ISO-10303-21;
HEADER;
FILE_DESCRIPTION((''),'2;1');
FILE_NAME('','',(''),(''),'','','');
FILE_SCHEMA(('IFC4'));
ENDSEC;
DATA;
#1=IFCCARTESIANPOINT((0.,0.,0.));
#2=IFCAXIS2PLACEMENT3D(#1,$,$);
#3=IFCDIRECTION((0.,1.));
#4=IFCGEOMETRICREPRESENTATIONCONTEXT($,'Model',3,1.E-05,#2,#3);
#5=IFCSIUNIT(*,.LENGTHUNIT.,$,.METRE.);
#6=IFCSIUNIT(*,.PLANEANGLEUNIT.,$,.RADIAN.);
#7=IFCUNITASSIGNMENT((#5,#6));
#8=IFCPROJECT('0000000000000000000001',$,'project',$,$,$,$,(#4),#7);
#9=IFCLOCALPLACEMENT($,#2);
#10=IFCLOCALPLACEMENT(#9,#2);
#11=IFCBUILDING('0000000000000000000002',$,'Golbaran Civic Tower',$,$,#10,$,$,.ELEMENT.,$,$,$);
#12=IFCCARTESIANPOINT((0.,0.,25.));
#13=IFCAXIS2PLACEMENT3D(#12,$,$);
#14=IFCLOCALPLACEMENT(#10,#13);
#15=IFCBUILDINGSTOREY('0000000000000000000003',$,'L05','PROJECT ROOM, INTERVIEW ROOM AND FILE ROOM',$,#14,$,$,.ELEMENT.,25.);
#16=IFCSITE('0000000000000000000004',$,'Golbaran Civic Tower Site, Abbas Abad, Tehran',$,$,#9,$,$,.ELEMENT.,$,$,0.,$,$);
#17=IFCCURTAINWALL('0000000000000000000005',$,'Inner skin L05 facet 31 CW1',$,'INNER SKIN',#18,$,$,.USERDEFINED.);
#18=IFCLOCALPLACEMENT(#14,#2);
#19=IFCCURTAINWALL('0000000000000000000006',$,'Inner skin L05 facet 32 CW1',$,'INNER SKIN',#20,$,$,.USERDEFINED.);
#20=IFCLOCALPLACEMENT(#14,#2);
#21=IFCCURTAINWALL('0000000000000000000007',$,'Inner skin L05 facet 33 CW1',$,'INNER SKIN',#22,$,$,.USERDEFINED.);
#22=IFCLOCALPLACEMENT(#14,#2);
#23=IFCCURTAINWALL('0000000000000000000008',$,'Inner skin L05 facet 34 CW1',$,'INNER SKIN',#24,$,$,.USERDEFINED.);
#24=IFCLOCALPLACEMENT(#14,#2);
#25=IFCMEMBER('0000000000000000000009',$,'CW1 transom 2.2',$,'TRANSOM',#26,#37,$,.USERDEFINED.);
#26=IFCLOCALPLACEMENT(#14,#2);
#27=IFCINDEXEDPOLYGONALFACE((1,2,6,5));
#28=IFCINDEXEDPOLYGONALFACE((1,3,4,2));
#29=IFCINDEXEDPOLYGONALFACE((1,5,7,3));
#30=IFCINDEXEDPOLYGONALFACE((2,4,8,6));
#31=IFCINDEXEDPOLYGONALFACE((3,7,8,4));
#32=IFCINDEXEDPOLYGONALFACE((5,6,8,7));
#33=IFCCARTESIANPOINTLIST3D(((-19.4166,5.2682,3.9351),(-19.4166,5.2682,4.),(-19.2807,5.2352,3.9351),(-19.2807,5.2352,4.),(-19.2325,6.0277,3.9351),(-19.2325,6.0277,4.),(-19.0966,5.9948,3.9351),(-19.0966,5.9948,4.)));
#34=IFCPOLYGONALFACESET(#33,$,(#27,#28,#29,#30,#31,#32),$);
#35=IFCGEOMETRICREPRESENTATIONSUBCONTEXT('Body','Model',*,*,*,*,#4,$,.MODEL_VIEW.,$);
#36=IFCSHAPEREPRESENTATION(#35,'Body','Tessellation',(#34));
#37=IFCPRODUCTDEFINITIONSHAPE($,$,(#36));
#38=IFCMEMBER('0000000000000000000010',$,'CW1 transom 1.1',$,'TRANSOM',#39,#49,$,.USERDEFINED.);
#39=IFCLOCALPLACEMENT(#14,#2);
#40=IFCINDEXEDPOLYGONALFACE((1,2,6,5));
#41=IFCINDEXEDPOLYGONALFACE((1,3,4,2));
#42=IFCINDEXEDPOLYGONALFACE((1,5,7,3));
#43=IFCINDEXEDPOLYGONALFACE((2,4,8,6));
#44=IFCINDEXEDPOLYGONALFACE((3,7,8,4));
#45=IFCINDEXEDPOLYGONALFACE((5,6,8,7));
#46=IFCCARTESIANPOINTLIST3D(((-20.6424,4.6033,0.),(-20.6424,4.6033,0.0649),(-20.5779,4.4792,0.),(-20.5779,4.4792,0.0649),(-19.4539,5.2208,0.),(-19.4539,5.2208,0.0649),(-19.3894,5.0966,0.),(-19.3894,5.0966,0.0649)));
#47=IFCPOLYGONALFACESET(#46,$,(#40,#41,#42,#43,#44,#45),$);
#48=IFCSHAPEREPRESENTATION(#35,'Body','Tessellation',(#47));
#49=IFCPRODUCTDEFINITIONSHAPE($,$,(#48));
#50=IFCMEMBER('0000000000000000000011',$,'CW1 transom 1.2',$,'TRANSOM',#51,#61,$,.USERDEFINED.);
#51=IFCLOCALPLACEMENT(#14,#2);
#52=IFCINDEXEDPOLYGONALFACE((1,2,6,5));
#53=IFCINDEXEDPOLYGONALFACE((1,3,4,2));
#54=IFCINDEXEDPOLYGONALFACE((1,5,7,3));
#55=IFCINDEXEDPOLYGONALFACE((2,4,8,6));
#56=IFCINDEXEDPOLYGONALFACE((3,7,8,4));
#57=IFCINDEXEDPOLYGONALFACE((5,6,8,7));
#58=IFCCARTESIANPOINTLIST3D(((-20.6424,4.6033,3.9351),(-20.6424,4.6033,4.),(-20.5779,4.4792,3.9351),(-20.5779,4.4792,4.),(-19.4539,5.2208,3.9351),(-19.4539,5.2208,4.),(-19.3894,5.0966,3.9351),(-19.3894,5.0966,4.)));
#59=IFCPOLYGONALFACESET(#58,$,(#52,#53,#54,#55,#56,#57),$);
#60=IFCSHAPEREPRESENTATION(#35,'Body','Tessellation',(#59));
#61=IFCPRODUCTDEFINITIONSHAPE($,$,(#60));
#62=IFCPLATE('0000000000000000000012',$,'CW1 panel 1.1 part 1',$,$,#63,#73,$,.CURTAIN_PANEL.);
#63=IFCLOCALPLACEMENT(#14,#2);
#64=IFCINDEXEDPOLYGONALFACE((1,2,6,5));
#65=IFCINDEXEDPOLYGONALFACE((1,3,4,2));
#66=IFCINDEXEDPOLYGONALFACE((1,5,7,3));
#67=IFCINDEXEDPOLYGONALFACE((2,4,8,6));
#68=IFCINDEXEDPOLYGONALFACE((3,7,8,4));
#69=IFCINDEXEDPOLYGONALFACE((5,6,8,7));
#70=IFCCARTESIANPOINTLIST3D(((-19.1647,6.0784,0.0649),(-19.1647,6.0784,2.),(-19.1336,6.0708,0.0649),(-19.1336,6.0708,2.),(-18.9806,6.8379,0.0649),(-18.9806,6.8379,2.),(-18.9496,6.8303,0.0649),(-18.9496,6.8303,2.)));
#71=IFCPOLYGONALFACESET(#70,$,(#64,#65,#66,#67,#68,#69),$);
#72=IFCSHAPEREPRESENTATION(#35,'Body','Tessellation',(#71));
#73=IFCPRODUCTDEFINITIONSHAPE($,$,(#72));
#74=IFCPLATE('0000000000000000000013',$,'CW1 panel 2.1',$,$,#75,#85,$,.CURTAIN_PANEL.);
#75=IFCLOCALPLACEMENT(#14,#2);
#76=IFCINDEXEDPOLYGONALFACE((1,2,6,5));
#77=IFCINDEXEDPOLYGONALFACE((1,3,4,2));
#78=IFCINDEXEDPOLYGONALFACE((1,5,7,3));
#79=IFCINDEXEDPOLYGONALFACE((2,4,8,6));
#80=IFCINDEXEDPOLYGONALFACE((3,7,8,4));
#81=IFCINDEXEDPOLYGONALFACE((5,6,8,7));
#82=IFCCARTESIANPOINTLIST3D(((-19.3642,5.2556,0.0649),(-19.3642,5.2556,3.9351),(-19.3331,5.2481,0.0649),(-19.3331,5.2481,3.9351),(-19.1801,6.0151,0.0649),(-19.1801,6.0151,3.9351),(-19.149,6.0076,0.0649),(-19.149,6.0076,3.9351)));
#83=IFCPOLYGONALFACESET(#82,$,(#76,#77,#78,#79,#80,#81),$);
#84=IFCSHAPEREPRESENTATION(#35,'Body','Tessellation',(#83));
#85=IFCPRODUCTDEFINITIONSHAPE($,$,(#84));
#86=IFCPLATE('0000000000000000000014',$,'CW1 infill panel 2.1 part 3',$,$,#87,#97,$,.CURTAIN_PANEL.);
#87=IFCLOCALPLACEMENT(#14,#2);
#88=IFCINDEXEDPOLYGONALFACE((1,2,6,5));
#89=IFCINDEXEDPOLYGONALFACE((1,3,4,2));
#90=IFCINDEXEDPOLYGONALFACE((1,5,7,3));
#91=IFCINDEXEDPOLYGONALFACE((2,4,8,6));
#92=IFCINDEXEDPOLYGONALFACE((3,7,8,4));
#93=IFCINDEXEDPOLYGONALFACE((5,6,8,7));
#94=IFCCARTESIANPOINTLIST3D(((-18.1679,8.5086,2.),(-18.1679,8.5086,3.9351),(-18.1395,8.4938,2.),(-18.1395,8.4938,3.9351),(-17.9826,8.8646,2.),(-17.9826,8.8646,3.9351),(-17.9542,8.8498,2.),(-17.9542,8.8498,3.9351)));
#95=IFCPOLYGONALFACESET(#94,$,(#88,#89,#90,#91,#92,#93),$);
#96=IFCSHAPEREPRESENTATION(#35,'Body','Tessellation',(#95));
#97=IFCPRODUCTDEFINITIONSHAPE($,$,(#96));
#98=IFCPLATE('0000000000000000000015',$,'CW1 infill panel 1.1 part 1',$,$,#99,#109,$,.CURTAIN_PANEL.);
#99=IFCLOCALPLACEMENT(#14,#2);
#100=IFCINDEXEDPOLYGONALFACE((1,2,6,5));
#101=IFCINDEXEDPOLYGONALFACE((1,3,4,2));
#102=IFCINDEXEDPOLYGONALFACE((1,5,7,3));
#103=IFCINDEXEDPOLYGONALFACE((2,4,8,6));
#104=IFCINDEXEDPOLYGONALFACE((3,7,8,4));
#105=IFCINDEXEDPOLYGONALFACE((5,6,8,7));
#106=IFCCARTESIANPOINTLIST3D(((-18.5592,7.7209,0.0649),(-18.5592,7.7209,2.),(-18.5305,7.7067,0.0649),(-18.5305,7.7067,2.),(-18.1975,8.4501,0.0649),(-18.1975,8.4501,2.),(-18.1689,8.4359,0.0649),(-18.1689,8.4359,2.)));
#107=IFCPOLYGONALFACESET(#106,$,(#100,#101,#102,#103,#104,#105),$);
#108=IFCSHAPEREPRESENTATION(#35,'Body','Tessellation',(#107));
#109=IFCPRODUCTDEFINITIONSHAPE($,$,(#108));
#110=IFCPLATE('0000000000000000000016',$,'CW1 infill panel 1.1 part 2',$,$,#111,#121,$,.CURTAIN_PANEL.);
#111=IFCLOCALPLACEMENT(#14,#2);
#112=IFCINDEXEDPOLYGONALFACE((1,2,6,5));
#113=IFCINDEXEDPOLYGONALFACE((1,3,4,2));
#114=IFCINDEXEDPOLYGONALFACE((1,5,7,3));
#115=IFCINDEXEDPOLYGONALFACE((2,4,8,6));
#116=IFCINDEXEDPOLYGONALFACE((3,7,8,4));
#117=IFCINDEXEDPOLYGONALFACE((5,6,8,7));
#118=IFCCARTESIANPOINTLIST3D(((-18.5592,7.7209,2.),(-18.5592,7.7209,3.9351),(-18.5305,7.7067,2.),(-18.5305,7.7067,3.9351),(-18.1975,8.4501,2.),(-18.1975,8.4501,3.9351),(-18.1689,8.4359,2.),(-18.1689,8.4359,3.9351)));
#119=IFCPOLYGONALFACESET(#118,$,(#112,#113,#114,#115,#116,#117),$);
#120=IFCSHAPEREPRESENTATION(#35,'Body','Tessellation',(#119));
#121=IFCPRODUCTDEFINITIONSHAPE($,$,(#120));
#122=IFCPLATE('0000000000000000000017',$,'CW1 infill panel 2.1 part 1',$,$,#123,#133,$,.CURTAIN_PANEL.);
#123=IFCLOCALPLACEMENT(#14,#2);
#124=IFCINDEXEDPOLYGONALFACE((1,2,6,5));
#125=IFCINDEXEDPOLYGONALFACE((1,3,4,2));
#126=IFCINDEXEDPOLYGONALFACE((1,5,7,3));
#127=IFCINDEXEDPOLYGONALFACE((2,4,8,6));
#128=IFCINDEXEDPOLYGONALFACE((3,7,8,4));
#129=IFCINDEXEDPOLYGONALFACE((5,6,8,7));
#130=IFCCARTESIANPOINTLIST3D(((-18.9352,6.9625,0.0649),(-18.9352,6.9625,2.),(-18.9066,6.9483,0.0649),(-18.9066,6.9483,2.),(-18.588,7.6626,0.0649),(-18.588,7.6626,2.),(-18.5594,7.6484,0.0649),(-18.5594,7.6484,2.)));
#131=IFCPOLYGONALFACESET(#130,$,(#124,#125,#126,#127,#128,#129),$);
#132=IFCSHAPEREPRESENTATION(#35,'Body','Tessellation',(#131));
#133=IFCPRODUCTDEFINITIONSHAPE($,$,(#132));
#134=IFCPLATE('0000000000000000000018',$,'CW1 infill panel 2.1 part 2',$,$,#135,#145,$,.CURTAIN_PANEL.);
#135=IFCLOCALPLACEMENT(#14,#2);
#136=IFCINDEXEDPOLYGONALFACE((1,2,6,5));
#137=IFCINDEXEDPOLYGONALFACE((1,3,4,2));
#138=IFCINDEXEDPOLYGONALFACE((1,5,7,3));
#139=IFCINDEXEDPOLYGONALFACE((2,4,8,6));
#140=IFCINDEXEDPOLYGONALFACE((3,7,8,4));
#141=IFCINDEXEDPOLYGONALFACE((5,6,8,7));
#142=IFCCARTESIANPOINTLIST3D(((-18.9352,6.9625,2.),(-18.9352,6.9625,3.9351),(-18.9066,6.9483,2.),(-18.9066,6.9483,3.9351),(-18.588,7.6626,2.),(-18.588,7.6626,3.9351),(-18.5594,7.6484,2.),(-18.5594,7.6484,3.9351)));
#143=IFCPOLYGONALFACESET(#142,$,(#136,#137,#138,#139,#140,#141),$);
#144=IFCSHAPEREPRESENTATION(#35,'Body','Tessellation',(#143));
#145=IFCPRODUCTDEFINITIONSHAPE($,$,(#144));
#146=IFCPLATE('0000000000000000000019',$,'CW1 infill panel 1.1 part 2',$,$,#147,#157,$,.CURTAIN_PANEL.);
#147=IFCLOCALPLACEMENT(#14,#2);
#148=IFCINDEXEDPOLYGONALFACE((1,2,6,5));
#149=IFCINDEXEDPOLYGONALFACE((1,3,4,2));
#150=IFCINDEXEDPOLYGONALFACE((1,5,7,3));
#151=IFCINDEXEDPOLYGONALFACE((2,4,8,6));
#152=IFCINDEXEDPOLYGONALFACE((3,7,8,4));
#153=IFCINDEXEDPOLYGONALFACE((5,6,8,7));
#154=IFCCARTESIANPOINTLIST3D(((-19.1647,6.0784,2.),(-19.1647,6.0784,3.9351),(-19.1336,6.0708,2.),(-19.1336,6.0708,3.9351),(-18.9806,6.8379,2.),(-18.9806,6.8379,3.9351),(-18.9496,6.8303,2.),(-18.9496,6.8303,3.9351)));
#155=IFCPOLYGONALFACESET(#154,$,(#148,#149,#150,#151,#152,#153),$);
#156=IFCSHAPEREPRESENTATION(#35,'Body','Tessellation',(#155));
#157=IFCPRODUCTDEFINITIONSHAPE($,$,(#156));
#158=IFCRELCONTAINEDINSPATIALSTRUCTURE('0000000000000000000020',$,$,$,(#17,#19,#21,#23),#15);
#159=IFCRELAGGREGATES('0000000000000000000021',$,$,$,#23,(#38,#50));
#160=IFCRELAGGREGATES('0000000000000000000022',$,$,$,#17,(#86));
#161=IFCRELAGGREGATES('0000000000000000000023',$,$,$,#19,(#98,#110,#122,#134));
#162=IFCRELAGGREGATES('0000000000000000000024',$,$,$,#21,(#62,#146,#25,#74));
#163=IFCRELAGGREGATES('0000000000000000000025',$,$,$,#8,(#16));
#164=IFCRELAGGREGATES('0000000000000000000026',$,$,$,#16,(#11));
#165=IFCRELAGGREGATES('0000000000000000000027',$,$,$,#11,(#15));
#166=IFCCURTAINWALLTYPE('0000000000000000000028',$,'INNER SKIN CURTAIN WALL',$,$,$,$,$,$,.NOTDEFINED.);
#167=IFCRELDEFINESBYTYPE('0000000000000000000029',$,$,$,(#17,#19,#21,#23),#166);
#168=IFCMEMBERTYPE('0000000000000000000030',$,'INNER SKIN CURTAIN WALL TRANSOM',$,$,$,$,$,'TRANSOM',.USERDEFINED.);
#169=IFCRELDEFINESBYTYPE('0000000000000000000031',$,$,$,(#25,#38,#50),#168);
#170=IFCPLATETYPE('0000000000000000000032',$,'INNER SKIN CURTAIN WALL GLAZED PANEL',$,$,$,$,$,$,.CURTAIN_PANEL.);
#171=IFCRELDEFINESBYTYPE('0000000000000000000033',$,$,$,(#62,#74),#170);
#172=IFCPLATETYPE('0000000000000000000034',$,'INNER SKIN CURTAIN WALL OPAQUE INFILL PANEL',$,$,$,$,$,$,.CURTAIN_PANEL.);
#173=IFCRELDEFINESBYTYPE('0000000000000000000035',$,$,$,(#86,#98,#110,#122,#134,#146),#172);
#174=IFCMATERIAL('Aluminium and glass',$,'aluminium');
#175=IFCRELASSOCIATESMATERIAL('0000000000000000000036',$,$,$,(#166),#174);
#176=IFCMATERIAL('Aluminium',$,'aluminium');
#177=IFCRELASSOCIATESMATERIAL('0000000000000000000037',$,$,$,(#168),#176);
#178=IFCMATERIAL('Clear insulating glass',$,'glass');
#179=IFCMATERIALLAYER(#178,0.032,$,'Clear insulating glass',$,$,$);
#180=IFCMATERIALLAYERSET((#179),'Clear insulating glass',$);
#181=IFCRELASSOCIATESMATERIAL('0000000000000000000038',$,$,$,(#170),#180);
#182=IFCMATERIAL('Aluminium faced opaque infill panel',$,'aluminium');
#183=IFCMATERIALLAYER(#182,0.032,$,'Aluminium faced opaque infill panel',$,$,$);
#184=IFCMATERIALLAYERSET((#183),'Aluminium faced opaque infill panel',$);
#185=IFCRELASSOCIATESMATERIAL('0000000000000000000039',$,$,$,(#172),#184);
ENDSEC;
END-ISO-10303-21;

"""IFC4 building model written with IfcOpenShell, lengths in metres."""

from ifc_helpers import new_model, si_unit, direction, frame, origin, origin_2d, place, context, subcontext, project, spatial, rectangle, extrude, material, layer, layer_set, material_profile, profile_set, type_object, element, aggregate, save


model = new_model("IFC4")

# Units and contexts
model_context = context("Model", 3, precision=1e-05, world=origin(), true_north=direction((0.0, 1.0)))
body_context = subcontext(model_context, "Body", "Model", "MODEL_VIEW")
ifc_project = project(units=[si_unit("LENGTHUNIT", "METRE"), si_unit("PLANEANGLEUNIT", "RADIAN")], contexts=[model_context])

# Site, building, storey
site_placement = place(None, origin())
site = spatial("IfcSite", under=ifc_project, at=site_placement, Name="Golbaran Civic Tower Site, Abbas Abad, Tehran", CompositionType="ELEMENT", RefElevation=0.0)
building_placement = place(site_placement, origin())
building = spatial("IfcBuilding", under=site, at=building_placement, Name="Golbaran Civic Tower", CompositionType="ELEMENT")
storey_placement = place(building_placement, frame((0.0, 0.0, 25.0)))
storey = spatial("IfcBuildingStorey", under=building, at=storey_placement, Name="L05", Description="PROJECT ROOM, INTERVIEW ROOM AND FILE ROOM", CompositionType="ELEMENT", Elevation=25.0)

# Curtain wall
ifc_material_1 = material(Name="Aluminium and glass", Category="aluminium")
curtain_wall_type = type_object("IfcCurtainWallType", Name="INNER SKIN CURTAIN WALL", PredefinedType="NOTDEFINED", material=ifc_material_1)
curtain_wall_1_placement = place(storey_placement, origin())
curtain_wall_1 = element("IfcCurtainWall", 1, at=curtain_wall_1_placement, inside=storey, type_object=curtain_wall_type, Name="Inner skin L05 facet 31 CW1", ObjectType="INNER SKIN", PredefinedType="USERDEFINED")
ifc_material_2 = material(Name="Aluminium", Category="aluminium")

# Curtain walls
curtain_wall_2_placement = place(storey_placement, origin())
curtain_wall_2 = element("IfcCurtainWall", 2, at=curtain_wall_2_placement, inside=storey, type_object=curtain_wall_type, Name="Inner skin L05 facet 32 CW1", ObjectType="INNER SKIN", PredefinedType="USERDEFINED")
curtain_wall_3_placement = place(storey_placement, origin())
curtain_wall_3 = element("IfcCurtainWall", 3, at=curtain_wall_3_placement, inside=storey, type_object=curtain_wall_type, Name="Inner skin L05 facet 33 CW1", ObjectType="INNER SKIN", PredefinedType="USERDEFINED")

# Curtain wall
curtain_wall_4_placement = place(storey_placement, origin())
curtain_wall_4 = element("IfcCurtainWall", 4, at=curtain_wall_4_placement, inside=storey, type_object=curtain_wall_type, Name="Inner skin L05 facet 34 CW1", ObjectType="INNER SKIN", PredefinedType="USERDEFINED")

# Members
ifc_material_profile_1 = material_profile(ifc_material_2, rectangle(XDim=0.1399, YDim=0.0649, at=origin_2d()), Name="INNER SKIN CURTAIN WALL TRANSOM")
ifc_profile_set_1 = profile_set([ifc_material_profile_1], Name="Aluminium")
member_type_1 = type_object("IfcMemberType", Name="INNER SKIN CURTAIN WALL TRANSOM", ElementType="TRANSOM", PredefinedType="USERDEFINED", material=ifc_profile_set_1)
member_1_placement = place(storey_placement, frame((-19.1646, 6.0112, 3.9675), z_axis=(-0.235546, -0.971863, 0.0), x_axis=(0.971863, -0.235546, 0.0)))
member_1 = element("IfcMember", 5, at=member_1_placement, type_object=member_type_1, Name="CW1 transom 2.2", ObjectType="TRANSOM", PredefinedType="USERDEFINED", context=body_context, shape_type="SweptSolid", body=[
    extrude(rectangle(XDim=0.1399, YDim=0.0649, at=origin_2d()), origin(), (0.0, 0.0, 1.0), 0.7815),
])
member_2_placement = place(storey_placement, frame((-19.4216, 5.1587, 0.0325), z_axis=(-0.887393, -0.461014, 0.0), x_axis=(0.461014, -0.887393, 0.0)))
member_2 = element("IfcMember", 6, at=member_2_placement, type_object=member_type_1, Name="CW1 transom 1.1", ObjectType="TRANSOM", PredefinedType="USERDEFINED", context=body_context, shape_type="SweptSolid", body=[
    extrude(rectangle(XDim=0.1399, YDim=0.0649, at=origin_2d()), origin(), (0.0, 0.0, 1.0), 1.3394),
])
member_3_placement = place(storey_placement, frame((-19.4216, 5.1587, 3.9675), z_axis=(-0.887393, -0.461014, 0.0), x_axis=(0.461014, -0.887393, 0.0)))
member_3 = element("IfcMember", 7, at=member_3_placement, type_object=member_type_1, Name="CW1 transom 1.2", ObjectType="TRANSOM", PredefinedType="USERDEFINED", context=body_context, shape_type="SweptSolid", body=[
    extrude(rectangle(XDim=0.1399, YDim=0.0649, at=origin_2d()), origin(), (0.0, 0.0, 1.0), 1.3394),
])
aggregate(curtain_wall_4, [member_2, member_3])

# Plates
ifc_material_3 = material(Name="Clear insulating glass", Category="glass")
ifc_layer_1 = layer(ifc_material_3, 0.032, Name="Clear insulating glass")
ifc_layer_set_1 = layer_set([ifc_layer_1], Name="Clear insulating glass")
plate_type_1 = type_object("IfcPlateType", Name="INNER SKIN CURTAIN WALL GLAZED PANEL", PredefinedType="CURTAIN_PANEL", material=ifc_layer_set_1)
plate_1_placement = place(storey_placement, frame((-19.0571, 6.4543, 0.0649), z_axis=(0.0, 0.0, 1.0), x_axis=(-0.235525, -0.971868, 0.0)))
plate_1 = element("IfcPlate", 8, at=plate_1_placement, type_object=plate_type_1, Name="CW1 panel 1.1 part 1", PredefinedType="CURTAIN_PANEL", context=body_context, shape_type="SweptSolid", body=[
    extrude(rectangle(XDim=0.7815, YDim=0.032, at=origin_2d()), origin(), (0.0, 0.0, 1.0), 1.9351),
])
plate_2_placement = place(storey_placement, frame((-19.2566, 5.6316, 0.0649), z_axis=(0.0, 0.0, 1.0), x_axis=(-0.235525, -0.971868, 0.0)))
plate_2 = element("IfcPlate", 9, at=plate_2_placement, type_object=plate_type_1, Name="CW1 panel 2.1", PredefinedType="CURTAIN_PANEL", context=body_context, shape_type="SweptSolid", body=[
    extrude(rectangle(XDim=0.7815, YDim=0.032, at=origin_2d()), origin(), (0.0, 0.0, 1.0), 3.8701),
])
ifc_material_4 = material(Name="Aluminium faced opaque infill panel", Category="aluminium")
ifc_layer_2 = layer(ifc_material_4, 0.032, Name="Aluminium faced opaque infill panel")
ifc_layer_set_2 = layer_set([ifc_layer_2], Name="Aluminium faced opaque infill panel")
plate_type_2 = type_object("IfcPlateType", Name="INNER SKIN CURTAIN WALL OPAQUE INFILL PANEL", PredefinedType="CURTAIN_PANEL", material=ifc_layer_set_2)
plate_3_placement = place(storey_placement, frame((-18.061, 8.6792, 2.0), z_axis=(0.0, 0.0, 1.0), x_axis=(-0.461749, -0.887011, 0.0)))
plate_3 = element("IfcPlate", 10, at=plate_3_placement, type_object=plate_type_2, Name="CW1 infill panel 2.1 part 3", PredefinedType="CURTAIN_PANEL", context=body_context, shape_type="SweptSolid", body=[
    extrude(rectangle(XDim=0.4014, YDim=0.032, at=origin_2d()), origin(), (0.0, 0.0, 1.0), 1.9351),
])
aggregate(curtain_wall_1, [plate_3])
plate_4_placement = place(storey_placement, frame((-18.364, 8.0784, 0.0649), z_axis=(0.0, 0.0, 1.0), x_axis=(-0.444283, -0.895887, 0.0)))
plate_4 = element("IfcPlate", 11, at=plate_4_placement, type_object=plate_type_2, Name="CW1 infill panel 1.1 part 1", PredefinedType="CURTAIN_PANEL", context=body_context, shape_type="SweptSolid", body=[
    extrude(rectangle(XDim=0.814, YDim=0.032, at=origin_2d()), origin(), (0.0, 0.0, 1.0), 1.9351),
])
plate_5_placement = place(storey_placement, frame((-18.364, 8.0784, 2.0), z_axis=(0.0, 0.0, 1.0), x_axis=(-0.444283, -0.895887, 0.0)))
plate_5 = element("IfcPlate", 12, at=plate_5_placement, type_object=plate_type_2, Name="CW1 infill panel 1.1 part 2", PredefinedType="CURTAIN_PANEL", context=body_context, shape_type="SweptSolid", body=[
    extrude(rectangle(XDim=0.814, YDim=0.032, at=origin_2d()), origin(), (0.0, 0.0, 1.0), 1.9351),
])
plate_6_placement = place(storey_placement, frame((-18.7473, 7.3054, 0.0649), z_axis=(0.0, 0.0, 1.0), x_axis=(-0.444283, -0.895887, 0.0)))
plate_6 = element("IfcPlate", 13, at=plate_6_placement, type_object=plate_type_2, Name="CW1 infill panel 2.1 part 1", PredefinedType="CURTAIN_PANEL", context=body_context, shape_type="SweptSolid", body=[
    extrude(rectangle(XDim=0.7815, YDim=0.032, at=origin_2d()), origin(), (0.0, 0.0, 1.0), 1.9351),
])
plate_7_placement = place(storey_placement, frame((-18.7473, 7.3054, 2.0), z_axis=(0.0, 0.0, 1.0), x_axis=(-0.444283, -0.895887, 0.0)))
plate_7 = element("IfcPlate", 14, at=plate_7_placement, type_object=plate_type_2, Name="CW1 infill panel 2.1 part 2", PredefinedType="CURTAIN_PANEL", context=body_context, shape_type="SweptSolid", body=[
    extrude(rectangle(XDim=0.7815, YDim=0.032, at=origin_2d()), origin(), (0.0, 0.0, 1.0), 1.9351),
])
aggregate(curtain_wall_2, [plate_4, plate_5, plate_6, plate_7])
plate_8_placement = place(storey_placement, frame((-19.0571, 6.4543, 2.0), z_axis=(0.0, 0.0, 1.0), x_axis=(-0.235525, -0.971868, 0.0)))
plate_8 = element("IfcPlate", 15, at=plate_8_placement, type_object=plate_type_2, Name="CW1 infill panel 1.1 part 2", PredefinedType="CURTAIN_PANEL", context=body_context, shape_type="SweptSolid", body=[
    extrude(rectangle(XDim=0.7815, YDim=0.032, at=origin_2d()), origin(), (0.0, 0.0, 1.0), 1.9351),
])
aggregate(curtain_wall_3, [plate_1, plate_8, member_1, plate_2])

save(model, "model.ifc")
